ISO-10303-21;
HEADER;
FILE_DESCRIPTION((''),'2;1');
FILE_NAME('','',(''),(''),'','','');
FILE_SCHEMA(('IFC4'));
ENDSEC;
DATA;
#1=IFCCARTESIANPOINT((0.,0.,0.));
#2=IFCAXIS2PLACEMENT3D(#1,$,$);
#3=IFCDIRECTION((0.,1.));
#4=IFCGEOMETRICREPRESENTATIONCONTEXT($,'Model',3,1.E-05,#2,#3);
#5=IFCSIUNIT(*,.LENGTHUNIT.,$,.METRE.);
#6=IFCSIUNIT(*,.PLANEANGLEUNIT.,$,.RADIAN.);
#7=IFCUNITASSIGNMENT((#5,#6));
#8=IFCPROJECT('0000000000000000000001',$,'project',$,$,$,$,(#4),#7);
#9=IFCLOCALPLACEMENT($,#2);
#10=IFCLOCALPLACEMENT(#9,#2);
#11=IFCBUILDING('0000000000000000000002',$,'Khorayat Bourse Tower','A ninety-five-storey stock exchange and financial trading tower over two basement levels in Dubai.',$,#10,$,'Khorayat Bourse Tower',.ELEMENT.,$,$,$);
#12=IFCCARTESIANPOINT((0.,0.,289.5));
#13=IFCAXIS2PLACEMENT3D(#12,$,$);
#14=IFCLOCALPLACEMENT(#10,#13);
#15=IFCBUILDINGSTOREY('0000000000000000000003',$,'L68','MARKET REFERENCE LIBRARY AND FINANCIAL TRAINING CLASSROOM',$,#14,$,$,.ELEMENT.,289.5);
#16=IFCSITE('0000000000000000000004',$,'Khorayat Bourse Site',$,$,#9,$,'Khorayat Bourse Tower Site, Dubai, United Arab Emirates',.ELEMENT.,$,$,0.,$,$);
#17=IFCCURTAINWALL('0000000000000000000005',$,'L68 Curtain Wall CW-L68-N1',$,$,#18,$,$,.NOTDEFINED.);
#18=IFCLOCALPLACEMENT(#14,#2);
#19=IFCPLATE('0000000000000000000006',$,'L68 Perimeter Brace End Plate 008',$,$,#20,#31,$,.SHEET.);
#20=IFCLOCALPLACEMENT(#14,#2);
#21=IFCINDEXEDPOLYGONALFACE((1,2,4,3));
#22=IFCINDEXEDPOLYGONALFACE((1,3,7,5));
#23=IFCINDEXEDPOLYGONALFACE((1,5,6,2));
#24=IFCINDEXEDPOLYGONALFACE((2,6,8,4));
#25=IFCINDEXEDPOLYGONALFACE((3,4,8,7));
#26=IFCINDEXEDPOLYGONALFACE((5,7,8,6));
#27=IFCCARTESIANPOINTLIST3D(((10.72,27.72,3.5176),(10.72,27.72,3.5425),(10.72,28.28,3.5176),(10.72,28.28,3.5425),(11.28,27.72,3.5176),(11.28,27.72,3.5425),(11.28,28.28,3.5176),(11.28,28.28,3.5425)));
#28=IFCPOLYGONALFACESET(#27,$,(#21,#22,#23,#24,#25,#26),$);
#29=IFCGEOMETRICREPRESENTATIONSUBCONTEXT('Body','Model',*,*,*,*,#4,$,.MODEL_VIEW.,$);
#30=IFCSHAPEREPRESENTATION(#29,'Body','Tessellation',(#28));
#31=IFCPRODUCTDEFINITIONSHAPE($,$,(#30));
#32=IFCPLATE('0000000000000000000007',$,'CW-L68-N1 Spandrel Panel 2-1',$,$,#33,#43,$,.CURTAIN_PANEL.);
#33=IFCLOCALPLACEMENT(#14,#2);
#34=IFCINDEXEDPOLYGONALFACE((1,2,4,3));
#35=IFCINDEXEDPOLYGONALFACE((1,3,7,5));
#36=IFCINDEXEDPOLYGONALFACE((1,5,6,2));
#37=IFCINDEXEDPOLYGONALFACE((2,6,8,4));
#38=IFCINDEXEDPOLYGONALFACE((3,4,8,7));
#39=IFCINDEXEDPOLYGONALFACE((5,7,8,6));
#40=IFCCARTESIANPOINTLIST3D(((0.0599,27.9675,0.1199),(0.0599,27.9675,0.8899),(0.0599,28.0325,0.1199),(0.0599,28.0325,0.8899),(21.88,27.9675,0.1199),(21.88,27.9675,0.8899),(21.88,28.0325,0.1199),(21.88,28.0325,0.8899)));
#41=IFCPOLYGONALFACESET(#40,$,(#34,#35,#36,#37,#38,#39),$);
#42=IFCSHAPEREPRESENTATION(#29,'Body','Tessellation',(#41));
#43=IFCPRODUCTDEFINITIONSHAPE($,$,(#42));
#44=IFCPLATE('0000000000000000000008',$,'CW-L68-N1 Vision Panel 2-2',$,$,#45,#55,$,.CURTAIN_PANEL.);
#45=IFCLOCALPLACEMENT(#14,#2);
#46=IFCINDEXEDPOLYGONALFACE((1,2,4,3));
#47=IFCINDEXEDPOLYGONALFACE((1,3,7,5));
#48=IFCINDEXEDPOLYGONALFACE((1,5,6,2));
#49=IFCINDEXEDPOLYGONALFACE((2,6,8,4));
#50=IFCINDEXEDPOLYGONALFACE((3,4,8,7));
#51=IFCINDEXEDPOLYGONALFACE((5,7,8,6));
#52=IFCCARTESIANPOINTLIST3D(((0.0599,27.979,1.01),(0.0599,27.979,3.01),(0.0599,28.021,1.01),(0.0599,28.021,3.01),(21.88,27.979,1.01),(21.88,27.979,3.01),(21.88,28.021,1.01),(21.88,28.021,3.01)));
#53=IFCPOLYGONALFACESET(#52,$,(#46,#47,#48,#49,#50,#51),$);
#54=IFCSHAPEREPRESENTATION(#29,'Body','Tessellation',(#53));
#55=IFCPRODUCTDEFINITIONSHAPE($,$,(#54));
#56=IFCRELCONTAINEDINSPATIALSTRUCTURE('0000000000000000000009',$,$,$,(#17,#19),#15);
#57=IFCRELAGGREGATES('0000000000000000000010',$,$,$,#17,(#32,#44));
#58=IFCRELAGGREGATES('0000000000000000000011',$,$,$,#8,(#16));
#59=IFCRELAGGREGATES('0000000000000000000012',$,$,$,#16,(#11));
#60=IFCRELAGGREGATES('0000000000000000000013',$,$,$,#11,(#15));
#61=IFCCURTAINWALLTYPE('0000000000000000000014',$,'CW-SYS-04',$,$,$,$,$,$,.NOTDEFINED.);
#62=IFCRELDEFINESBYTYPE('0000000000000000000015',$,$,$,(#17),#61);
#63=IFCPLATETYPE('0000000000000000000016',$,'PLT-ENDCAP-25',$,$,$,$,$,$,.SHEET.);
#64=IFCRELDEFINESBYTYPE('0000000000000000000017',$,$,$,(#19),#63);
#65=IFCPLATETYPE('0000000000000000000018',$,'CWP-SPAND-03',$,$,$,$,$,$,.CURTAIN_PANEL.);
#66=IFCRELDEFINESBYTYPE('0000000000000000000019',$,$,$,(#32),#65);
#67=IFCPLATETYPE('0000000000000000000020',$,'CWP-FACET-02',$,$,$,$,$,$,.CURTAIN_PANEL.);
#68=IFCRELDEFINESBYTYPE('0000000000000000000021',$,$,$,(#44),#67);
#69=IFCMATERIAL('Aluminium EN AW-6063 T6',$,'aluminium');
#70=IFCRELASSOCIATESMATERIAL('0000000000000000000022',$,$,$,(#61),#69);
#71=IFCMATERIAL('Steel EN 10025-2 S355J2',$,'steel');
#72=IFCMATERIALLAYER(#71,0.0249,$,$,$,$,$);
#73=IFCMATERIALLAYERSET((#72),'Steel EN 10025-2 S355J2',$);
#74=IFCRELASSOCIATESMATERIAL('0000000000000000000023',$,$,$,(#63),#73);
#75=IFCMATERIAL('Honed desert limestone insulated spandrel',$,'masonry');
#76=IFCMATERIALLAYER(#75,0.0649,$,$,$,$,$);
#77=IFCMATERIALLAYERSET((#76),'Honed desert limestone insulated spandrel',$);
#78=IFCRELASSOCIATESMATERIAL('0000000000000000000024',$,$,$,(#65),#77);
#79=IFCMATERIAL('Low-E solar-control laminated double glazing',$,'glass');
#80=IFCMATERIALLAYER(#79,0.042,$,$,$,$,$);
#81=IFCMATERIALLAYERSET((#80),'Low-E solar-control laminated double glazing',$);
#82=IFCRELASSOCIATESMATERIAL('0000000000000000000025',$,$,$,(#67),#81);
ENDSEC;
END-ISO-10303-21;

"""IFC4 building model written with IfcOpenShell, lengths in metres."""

from ifc_helpers import new_model, si_unit, direction, frame, origin, origin_2d, place, context, subcontext, project, spatial, rectangle, extrude, source, transform, mapped, material, layer, layer_set, type_object, element, aggregate, save


model = new_model("IFC4")

# Units and contexts
model_context = context("Model", 3, precision=1e-05, world=origin(), true_north=direction((0.0, 1.0)))
body_context = subcontext(model_context, "Body", "Model", "MODEL_VIEW")
ifc_project = project(units=[si_unit("LENGTHUNIT", "METRE"), si_unit("PLANEANGLEUNIT", "RADIAN")], contexts=[model_context])

# Site, building, storey
site_placement = place(None, origin())
site = spatial("IfcSite", under=ifc_project, at=site_placement, Name="Khorayat Bourse Site", LongName="Khorayat Bourse Tower Site, Dubai, United Arab Emirates", CompositionType="ELEMENT", RefElevation=0.0)
building_placement = place(site_placement, origin())
building = spatial("IfcBuilding", under=site, at=building_placement, Name="Khorayat Bourse Tower", Description="A ninety-five-storey stock exchange and financial trading tower over two basement levels in Dubai.", LongName="Khorayat Bourse Tower", CompositionType="ELEMENT")
storey_placement = place(building_placement, frame((0.0, 0.0, 289.5)))
storey = spatial("IfcBuildingStorey", under=building, at=storey_placement, Name="L68", Description="MARKET REFERENCE LIBRARY AND FINANCIAL TRAINING CLASSROOM", CompositionType="ELEMENT", Elevation=289.5)

# Curtain wall
ifc_material_1 = material(Name="Aluminium EN AW-6063 T6", Category="aluminium")
curtain_wall_type = type_object("IfcCurtainWallType", Name="CW-SYS-04", PredefinedType="NOTDEFINED", material=ifc_material_1)
curtain_wall_placement = place(storey_placement, origin())
curtain_wall = element("IfcCurtainWall", 1, at=curtain_wall_placement, inside=storey, type_object=curtain_wall_type, Name="L68 Curtain Wall CW-L68-N1", PredefinedType="NOTDEFINED")

# Plate
ifc_material_2 = material(Name="Steel EN 10025-2 S355J2", Category="steel")
ifc_layer_1 = layer(ifc_material_2, 0.0249)
ifc_layer_set_1 = layer_set([ifc_layer_1], Name="Steel EN 10025-2 S355J2")
plate_type_1 = type_object("IfcPlateType", Name="PLT-ENDCAP-25", PredefinedType="SHEET", material=ifc_layer_set_1)
shared_shape_1 = source(origin(), body_context, "Body", "SweptSolid", [
    extrude(rectangle(XDim=0.5601, YDim=0.5601, at=origin_2d()), origin(), (0.0, 0.0, 1.0), 0.0249),
])
for number, where, z_axis, x_axis, name in (
    (2, (11.0, 28.0, 3.5176), (0.0, 0.0, 1.0), (1.0, 0.0, 0.0), "L68 Perimeter Brace End Plate 008"),
):
    element("IfcPlate", number, at=place(storey_placement, frame(where, z_axis=z_axis, x_axis=x_axis)), inside=storey, type_object=plate_type_1, Name=name, PredefinedType="SHEET", context=body_context, shape_type="MappedRepresentation", body=[
        mapped(shared_shape_1, transform((0.0, 0.0, 0.0), scale=1.0)),
    ])

# Plates
ifc_material_3 = material(Name="Honed desert limestone insulated spandrel", Category="masonry")
ifc_layer_2 = layer(ifc_material_3, 0.0649)
ifc_layer_set_2 = layer_set([ifc_layer_2], Name="Honed desert limestone insulated spandrel")
plate_type_2 = type_object("IfcPlateType", Name="CWP-SPAND-03", PredefinedType="CURTAIN_PANEL", material=ifc_layer_set_2)
shared_shape_2 = source(origin(), body_context, "Body", "SweptSolid", [
    extrude(rectangle(XDim=21.8201, YDim=0.0649, at=origin_2d()), origin(), (0.0, 0.0, 1.0), 0.77),
])
plate_1_placement = place(storey_placement, frame((10.97, 28.0, 0.1199), z_axis=(0.0, 0.0, 1.0), x_axis=(1.0, 0.0, 0.0)))
plate_1 = element("IfcPlate", 3, at=plate_1_placement, type_object=plate_type_2, Name="CW-L68-N1 Spandrel Panel 2-1", PredefinedType="CURTAIN_PANEL", context=body_context, shape_type="MappedRepresentation", body=[
    mapped(shared_shape_2, transform((0.0, 0.0, 0.0), scale=1.0)),
])
ifc_material_4 = material(Name="Low-E solar-control laminated double glazing", Category="glass")
ifc_layer_3 = layer(ifc_material_4, 0.042)
ifc_layer_set_3 = layer_set([ifc_layer_3], Name="Low-E solar-control laminated double glazing")
plate_type_3 = type_object("IfcPlateType", Name="CWP-FACET-02", PredefinedType="CURTAIN_PANEL", material=ifc_layer_set_3)
shared_shape_3 = source(origin(), body_context, "Body", "SweptSolid", [
    extrude(rectangle(XDim=21.8201, YDim=0.042, at=origin_2d()), origin(), (0.0, 0.0, 1.0), 2.0),
])
plate_2_placement = place(storey_placement, frame((10.97, 28.0, 1.01), z_axis=(0.0, 0.0, 1.0), x_axis=(1.0, 0.0, 0.0)))
plate_2 = element("IfcPlate", 4, at=plate_2_placement, type_object=plate_type_3, Name="CW-L68-N1 Vision Panel 2-2", PredefinedType="CURTAIN_PANEL", context=body_context, shape_type="MappedRepresentation", body=[
    mapped(shared_shape_3, transform((0.0, 0.0, 0.0), scale=1.0)),
])
aggregate(curtain_wall, [plate_1, plate_2])

save(model, "model.ifc")
